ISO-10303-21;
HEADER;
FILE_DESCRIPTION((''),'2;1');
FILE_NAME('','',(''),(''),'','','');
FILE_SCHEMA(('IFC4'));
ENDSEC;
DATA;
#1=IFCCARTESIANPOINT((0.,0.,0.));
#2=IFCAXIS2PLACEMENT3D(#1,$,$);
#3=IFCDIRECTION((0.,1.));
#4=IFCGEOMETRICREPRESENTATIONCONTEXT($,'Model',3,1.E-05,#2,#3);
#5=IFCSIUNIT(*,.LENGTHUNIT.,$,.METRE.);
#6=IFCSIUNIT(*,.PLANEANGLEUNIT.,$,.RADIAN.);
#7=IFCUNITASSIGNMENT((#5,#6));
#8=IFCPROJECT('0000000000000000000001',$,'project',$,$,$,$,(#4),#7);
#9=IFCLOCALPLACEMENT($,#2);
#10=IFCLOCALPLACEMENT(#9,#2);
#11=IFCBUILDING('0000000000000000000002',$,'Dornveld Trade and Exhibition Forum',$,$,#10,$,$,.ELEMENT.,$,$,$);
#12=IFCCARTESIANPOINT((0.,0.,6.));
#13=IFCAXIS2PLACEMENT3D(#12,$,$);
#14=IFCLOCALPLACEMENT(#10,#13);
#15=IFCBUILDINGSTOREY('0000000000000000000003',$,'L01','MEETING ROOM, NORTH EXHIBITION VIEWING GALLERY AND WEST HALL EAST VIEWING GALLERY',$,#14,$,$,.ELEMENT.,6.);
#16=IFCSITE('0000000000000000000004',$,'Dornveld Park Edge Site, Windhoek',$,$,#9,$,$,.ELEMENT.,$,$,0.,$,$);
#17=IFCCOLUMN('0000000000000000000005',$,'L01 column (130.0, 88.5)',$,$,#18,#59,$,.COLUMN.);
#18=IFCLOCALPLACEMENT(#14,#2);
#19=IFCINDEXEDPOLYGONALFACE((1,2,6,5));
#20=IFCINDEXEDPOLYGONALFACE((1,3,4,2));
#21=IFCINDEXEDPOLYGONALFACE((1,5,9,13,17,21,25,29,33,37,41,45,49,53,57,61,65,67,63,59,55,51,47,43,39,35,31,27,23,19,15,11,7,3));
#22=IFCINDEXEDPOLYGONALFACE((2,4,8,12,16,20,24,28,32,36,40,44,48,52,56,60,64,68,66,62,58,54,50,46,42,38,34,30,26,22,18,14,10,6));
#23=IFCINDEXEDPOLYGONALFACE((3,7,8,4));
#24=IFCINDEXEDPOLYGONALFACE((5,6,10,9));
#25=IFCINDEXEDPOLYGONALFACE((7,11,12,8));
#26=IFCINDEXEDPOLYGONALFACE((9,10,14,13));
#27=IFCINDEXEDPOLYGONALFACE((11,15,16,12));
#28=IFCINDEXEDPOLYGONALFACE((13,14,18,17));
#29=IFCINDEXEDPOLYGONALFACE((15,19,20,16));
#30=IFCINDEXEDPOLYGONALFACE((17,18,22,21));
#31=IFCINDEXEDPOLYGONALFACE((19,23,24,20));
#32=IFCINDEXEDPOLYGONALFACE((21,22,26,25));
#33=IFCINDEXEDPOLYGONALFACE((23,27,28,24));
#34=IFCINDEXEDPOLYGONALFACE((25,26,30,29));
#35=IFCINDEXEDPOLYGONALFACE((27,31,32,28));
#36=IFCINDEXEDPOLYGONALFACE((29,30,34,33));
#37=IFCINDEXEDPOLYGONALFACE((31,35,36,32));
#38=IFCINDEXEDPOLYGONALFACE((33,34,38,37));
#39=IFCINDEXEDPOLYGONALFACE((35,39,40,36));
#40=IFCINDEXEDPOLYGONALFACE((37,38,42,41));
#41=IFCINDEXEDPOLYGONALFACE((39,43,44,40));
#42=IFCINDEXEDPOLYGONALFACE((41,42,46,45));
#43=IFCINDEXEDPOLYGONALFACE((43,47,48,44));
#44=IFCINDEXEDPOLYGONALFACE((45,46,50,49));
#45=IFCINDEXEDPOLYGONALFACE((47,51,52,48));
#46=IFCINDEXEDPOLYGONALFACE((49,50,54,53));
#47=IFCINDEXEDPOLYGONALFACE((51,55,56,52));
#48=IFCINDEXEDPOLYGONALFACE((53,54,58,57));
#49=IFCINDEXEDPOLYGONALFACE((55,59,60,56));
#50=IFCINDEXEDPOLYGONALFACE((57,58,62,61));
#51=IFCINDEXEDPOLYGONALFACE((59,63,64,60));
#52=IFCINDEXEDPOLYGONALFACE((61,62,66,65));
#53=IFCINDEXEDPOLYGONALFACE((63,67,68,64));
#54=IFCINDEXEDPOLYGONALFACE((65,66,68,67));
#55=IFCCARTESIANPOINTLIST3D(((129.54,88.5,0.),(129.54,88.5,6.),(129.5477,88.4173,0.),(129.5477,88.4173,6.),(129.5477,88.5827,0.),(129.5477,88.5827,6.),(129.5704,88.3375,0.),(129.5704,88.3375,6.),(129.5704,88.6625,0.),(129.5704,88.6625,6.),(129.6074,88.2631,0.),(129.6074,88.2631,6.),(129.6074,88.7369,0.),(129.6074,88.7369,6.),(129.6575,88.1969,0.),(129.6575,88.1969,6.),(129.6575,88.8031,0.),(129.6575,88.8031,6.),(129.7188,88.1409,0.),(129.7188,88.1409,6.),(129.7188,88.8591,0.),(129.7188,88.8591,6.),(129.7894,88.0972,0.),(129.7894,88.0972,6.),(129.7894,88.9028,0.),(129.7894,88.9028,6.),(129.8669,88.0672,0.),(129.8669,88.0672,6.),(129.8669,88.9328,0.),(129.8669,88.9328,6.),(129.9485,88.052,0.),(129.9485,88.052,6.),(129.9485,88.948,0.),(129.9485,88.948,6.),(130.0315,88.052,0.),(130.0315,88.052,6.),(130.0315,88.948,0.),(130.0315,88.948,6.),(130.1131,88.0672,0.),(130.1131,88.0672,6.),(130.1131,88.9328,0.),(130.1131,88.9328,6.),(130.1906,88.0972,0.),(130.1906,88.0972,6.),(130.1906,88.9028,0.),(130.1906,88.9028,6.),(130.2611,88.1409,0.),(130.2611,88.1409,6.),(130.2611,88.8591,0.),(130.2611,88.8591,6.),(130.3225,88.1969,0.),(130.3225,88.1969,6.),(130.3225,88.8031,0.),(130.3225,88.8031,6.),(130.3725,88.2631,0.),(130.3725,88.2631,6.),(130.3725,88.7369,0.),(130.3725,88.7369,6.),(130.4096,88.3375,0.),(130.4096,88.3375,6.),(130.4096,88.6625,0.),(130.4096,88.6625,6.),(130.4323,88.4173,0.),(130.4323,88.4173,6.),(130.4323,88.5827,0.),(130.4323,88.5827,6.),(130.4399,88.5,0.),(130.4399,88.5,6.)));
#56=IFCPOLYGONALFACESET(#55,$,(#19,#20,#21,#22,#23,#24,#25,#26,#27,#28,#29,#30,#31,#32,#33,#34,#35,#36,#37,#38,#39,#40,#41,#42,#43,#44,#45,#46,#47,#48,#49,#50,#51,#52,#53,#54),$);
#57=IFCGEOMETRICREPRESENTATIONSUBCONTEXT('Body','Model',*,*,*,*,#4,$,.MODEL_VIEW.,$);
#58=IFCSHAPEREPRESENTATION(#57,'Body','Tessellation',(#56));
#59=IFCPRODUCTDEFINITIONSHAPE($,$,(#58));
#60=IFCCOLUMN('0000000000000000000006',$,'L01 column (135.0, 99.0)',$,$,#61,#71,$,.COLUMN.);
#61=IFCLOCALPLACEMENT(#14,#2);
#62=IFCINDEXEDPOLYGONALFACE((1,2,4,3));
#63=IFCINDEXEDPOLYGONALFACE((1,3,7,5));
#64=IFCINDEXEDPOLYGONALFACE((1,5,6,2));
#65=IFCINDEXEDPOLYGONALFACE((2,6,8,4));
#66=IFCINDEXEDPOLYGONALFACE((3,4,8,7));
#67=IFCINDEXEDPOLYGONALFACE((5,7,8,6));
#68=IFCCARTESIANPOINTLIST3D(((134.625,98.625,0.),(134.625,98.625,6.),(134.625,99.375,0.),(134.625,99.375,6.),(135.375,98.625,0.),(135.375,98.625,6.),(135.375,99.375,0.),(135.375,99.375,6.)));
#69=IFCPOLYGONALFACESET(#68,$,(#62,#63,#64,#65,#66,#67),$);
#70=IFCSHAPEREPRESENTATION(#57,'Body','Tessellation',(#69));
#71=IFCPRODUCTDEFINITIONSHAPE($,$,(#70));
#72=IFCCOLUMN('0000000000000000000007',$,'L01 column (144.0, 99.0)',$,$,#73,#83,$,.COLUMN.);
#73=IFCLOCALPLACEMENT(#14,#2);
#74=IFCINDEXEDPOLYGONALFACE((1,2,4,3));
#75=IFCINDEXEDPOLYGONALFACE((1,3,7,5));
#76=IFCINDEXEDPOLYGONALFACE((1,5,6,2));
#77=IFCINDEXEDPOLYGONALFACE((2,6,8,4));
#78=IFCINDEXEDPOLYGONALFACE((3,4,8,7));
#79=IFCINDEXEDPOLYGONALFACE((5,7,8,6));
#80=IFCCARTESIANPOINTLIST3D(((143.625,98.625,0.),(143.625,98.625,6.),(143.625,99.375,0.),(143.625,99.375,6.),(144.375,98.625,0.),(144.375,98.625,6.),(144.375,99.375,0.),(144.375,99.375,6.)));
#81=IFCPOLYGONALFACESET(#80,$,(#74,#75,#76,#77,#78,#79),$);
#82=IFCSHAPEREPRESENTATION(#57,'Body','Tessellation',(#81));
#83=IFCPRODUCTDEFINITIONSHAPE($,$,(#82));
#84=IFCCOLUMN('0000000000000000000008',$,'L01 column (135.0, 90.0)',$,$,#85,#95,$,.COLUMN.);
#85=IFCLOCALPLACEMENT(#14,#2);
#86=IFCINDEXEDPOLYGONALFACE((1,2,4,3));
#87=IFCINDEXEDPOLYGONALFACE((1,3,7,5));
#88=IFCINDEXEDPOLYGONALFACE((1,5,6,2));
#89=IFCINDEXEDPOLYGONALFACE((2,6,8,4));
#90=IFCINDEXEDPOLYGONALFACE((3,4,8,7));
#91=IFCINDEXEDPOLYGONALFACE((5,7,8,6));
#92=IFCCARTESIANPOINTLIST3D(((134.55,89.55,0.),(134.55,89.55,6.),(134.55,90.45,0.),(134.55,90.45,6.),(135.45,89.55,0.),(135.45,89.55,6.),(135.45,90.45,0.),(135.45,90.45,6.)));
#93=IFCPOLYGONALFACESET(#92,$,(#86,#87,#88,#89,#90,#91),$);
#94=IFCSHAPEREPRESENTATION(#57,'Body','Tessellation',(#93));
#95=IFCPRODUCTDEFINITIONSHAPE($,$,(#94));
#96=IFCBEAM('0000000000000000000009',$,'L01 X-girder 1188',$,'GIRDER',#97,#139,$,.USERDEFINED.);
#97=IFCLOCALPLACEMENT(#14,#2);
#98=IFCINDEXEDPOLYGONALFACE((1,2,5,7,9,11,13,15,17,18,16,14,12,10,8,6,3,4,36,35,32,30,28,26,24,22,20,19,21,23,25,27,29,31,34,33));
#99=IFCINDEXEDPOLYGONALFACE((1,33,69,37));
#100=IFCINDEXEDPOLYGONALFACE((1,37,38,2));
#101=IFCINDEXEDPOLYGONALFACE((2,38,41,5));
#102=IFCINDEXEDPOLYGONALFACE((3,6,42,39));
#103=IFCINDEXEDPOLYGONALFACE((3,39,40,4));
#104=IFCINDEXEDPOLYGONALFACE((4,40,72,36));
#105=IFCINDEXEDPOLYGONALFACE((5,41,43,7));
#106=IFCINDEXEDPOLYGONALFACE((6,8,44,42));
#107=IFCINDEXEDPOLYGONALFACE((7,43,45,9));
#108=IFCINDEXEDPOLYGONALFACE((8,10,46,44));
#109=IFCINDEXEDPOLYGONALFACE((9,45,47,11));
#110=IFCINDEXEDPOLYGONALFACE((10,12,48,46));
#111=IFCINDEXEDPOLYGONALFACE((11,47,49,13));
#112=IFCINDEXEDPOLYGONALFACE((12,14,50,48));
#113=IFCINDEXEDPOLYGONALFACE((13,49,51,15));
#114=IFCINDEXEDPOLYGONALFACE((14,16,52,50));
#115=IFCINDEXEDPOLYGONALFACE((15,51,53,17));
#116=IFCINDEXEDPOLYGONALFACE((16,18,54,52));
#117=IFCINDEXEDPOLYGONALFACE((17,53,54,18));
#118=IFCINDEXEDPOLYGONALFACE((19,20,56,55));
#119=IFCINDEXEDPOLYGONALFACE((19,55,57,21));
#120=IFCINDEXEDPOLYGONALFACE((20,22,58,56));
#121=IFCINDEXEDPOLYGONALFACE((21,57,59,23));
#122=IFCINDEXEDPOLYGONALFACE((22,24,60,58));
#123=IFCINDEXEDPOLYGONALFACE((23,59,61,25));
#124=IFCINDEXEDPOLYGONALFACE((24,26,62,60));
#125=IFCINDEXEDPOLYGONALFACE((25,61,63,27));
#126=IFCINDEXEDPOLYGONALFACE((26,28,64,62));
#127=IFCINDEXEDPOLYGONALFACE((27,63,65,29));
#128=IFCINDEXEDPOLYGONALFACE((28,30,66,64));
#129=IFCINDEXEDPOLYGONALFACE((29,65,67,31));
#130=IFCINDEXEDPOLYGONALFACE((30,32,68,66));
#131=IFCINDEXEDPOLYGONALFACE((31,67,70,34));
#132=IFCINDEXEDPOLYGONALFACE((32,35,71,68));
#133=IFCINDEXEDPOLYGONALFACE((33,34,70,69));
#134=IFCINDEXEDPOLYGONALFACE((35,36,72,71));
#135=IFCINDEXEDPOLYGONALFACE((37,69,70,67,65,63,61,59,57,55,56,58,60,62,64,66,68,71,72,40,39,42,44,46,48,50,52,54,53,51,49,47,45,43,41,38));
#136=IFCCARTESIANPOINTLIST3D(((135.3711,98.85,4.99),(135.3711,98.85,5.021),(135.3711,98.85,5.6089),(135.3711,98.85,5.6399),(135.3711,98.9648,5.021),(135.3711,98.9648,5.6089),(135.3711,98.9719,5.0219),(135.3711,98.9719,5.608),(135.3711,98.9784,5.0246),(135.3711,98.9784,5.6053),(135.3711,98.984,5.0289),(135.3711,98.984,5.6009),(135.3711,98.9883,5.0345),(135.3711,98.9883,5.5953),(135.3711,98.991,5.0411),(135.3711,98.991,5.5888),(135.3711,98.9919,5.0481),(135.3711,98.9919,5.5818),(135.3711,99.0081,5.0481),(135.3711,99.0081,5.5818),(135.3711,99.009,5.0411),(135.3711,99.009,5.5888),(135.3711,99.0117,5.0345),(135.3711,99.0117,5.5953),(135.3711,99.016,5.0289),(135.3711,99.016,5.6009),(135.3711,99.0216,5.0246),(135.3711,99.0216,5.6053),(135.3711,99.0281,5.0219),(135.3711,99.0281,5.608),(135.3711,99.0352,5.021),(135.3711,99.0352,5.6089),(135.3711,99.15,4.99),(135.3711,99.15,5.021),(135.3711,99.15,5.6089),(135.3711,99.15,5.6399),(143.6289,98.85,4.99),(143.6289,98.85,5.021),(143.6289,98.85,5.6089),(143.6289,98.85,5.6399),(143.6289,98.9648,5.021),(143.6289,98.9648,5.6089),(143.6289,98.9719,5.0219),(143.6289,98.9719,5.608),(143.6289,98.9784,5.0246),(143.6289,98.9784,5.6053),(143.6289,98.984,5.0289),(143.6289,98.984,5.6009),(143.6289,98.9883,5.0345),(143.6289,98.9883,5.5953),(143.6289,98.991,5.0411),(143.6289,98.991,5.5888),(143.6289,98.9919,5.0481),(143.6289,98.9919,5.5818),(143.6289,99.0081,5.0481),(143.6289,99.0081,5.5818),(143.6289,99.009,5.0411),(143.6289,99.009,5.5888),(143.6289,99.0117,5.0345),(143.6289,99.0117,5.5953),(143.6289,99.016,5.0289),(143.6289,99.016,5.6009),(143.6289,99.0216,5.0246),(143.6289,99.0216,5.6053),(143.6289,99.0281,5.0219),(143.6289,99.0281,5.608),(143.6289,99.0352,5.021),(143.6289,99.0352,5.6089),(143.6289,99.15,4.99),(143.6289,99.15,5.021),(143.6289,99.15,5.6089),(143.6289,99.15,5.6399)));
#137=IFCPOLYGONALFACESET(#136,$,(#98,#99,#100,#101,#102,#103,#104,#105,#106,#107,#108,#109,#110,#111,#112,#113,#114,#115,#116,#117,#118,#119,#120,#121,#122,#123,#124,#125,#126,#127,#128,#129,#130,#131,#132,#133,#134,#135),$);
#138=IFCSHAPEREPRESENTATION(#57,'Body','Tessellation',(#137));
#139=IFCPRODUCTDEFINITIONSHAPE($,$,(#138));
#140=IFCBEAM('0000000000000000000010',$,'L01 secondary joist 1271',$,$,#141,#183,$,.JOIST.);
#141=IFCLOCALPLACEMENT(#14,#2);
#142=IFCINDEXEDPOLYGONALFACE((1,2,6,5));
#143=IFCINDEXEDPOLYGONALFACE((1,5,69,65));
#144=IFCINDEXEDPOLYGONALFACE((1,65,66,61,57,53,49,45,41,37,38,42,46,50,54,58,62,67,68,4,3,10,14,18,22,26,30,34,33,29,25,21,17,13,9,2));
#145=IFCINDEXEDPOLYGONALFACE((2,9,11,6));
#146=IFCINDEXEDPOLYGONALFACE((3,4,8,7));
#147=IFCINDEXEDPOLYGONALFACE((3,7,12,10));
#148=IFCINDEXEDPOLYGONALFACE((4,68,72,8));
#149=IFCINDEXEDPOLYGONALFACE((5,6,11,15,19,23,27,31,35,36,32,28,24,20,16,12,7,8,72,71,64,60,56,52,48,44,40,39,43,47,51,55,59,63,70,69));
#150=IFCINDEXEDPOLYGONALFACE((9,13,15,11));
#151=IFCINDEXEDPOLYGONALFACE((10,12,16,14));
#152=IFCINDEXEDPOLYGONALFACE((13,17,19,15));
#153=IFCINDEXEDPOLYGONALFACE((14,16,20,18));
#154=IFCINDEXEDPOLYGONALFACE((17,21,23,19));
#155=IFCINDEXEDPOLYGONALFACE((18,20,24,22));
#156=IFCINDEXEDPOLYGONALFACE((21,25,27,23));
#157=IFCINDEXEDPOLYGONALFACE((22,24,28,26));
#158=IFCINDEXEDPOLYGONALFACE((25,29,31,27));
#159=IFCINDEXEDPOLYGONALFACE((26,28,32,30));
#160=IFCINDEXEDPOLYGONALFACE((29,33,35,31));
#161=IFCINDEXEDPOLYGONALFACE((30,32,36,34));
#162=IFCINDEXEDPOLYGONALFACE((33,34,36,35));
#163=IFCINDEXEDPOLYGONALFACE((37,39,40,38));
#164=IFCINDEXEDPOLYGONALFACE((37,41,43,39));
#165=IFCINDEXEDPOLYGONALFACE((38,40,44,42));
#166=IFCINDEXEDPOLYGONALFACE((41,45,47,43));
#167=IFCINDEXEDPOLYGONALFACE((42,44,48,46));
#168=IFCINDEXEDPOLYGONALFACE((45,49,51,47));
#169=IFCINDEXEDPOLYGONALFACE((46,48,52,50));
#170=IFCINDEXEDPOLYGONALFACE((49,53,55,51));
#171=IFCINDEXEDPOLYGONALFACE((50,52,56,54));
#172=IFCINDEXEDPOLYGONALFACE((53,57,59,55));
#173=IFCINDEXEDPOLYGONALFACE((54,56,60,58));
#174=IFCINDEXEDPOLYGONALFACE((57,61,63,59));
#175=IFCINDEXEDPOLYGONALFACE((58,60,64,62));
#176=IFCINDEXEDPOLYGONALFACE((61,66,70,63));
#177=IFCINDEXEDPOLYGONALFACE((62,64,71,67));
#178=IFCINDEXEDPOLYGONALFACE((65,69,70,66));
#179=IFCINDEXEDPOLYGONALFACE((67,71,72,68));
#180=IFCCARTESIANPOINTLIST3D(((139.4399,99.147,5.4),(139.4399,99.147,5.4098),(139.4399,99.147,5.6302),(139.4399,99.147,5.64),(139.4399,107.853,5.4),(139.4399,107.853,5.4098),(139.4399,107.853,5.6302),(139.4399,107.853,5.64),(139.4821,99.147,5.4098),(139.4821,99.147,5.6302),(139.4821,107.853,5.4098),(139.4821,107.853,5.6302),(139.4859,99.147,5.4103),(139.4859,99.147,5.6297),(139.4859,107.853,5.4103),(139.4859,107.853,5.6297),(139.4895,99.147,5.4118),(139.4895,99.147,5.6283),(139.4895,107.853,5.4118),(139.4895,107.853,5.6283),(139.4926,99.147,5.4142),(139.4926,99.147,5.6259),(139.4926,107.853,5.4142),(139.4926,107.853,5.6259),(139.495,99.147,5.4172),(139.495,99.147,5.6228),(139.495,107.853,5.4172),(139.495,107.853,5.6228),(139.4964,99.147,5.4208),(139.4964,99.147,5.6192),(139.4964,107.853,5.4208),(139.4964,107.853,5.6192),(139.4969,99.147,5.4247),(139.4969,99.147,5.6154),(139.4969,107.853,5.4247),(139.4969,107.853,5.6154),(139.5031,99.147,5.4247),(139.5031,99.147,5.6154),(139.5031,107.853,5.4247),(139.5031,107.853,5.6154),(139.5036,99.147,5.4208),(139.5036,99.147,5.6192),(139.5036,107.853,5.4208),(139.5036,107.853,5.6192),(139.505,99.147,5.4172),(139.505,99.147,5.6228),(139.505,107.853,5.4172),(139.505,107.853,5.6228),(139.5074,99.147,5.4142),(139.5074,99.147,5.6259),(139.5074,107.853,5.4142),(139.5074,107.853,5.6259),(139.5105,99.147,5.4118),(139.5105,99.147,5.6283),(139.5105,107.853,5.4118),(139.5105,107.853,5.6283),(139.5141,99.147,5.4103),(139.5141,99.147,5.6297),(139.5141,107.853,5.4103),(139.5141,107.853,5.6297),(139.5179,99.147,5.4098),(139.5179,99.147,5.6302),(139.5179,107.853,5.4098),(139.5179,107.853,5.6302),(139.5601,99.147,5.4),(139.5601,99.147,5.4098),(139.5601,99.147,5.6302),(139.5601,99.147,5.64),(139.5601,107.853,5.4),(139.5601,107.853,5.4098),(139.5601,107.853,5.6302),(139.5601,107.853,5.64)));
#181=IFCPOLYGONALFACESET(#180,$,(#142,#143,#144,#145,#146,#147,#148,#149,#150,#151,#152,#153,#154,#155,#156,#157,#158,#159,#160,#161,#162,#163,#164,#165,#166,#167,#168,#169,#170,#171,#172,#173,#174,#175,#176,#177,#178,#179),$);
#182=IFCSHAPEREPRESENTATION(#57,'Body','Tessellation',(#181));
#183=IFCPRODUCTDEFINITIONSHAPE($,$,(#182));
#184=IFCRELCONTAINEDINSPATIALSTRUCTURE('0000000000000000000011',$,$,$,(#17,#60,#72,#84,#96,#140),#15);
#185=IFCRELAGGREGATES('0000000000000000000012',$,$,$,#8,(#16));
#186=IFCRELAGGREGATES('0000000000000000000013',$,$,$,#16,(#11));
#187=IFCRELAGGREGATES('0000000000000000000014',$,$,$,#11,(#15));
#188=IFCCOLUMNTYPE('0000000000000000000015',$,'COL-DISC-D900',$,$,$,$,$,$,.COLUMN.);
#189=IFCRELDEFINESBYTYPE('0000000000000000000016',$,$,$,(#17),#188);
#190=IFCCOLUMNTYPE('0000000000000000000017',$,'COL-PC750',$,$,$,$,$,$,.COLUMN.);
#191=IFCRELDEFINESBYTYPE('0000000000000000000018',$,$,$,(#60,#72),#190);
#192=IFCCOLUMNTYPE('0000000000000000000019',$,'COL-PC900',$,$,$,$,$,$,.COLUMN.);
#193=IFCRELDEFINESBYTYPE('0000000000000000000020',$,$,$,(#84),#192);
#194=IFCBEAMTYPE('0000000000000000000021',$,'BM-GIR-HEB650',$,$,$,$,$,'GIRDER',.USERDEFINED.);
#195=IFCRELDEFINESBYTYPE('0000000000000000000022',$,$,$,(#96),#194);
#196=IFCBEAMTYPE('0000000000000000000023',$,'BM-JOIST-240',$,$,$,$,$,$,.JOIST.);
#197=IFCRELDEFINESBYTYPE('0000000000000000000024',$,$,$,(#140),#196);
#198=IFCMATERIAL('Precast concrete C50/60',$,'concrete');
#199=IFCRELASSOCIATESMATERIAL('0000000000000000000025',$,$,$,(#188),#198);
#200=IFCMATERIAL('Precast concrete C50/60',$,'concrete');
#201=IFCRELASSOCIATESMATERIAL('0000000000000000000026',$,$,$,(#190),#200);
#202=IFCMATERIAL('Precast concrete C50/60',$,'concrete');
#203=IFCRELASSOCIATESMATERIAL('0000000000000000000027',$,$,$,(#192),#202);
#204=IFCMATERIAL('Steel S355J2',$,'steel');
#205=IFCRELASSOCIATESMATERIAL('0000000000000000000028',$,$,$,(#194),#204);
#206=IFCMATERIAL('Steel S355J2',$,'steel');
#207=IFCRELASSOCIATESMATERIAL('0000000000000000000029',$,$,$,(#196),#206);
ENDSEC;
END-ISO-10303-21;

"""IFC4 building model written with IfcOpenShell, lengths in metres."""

from ifc_helpers import new_model, si_unit, direction, frame, origin, origin_2d, place, context, subcontext, project, spatial, rectangle, circle, i_section, extrude, material, material_profile, profile_set, type_object, element, save


model = new_model("IFC4")

# Units and contexts
model_context = context("Model", 3, precision=1e-05, world=origin(), true_north=direction((0.0, 1.0)))
body_context = subcontext(model_context, "Body", "Model", "MODEL_VIEW")
ifc_project = project(units=[si_unit("LENGTHUNIT", "METRE"), si_unit("PLANEANGLEUNIT", "RADIAN")], contexts=[model_context])

# Site, building, storey
site_placement = place(None, origin())
site = spatial("IfcSite", under=ifc_project, at=site_placement, Name="Dornveld Park Edge Site, Windhoek", CompositionType="ELEMENT", RefElevation=0.0)
building_placement = place(site_placement, origin())
building = spatial("IfcBuilding", under=site, at=building_placement, Name="Dornveld Trade and Exhibition Forum", CompositionType="ELEMENT")
storey_placement = place(building_placement, frame((0.0, 0.0, 6.0)))
storey = spatial("IfcBuildingStorey", under=building, at=storey_placement, Name="L01", Description="MEETING ROOM, NORTH EXHIBITION VIEWING GALLERY AND WEST HALL EAST VIEWING GALLERY", CompositionType="ELEMENT", Elevation=6.0)

# Columns
ifc_material_1 = material(Name="Precast concrete C50/60", Category="concrete")
ifc_material_profile_1 = material_profile(ifc_material_1, circle(Radius=0.45, at=origin_2d()), Name="PC-COL D900")
ifc_profile_set_1 = profile_set([ifc_material_profile_1], Name="Precast concrete C50/60")
column_type_1 = type_object("IfcColumnType", Name="COL-DISC-D900", PredefinedType="COLUMN", material=ifc_profile_set_1)
column_1_placement = place(storey_placement, frame((129.99, 88.5, 0.0), z_axis=(0.0, 0.0, 1.0), x_axis=(1.0, 0.0, 0.0)))
element("IfcColumn", 1, at=column_1_placement, inside=storey, type_object=column_type_1, Name="L01 column (130.0, 88.5)", PredefinedType="COLUMN", context=body_context, shape_type="SweptSolid", body=[
    extrude(circle(Radius=0.45, at=origin_2d()), origin(), (0.0, 0.0, 1.0), 6.0),
])
ifc_material_2 = material(Name="Precast concrete C50/60", Category="concrete")
ifc_material_profile_2 = material_profile(ifc_material_2, rectangle(XDim=0.75, YDim=0.75, at=origin_2d()), Name="PC-COL 750x750")
ifc_profile_set_2 = profile_set([ifc_material_profile_2], Name="Precast concrete C50/60")
column_type_2 = type_object("IfcColumnType", Name="COL-PC750", PredefinedType="COLUMN", material=ifc_profile_set_2)
for number, where, z_axis, x_axis, name in (
    (2, (135.0, 99.0, 0.0), (0.0, 0.0, 1.0), (1.0, 0.0, 0.0), "L01 column (135.0, 99.0)"),
    (3, (144.0, 99.0, 0.0), (0.0, 0.0, 1.0), (1.0, 0.0, 0.0), "L01 column (144.0, 99.0)"),
):
    element("IfcColumn", number, at=place(storey_placement, frame(where, z_axis=z_axis, x_axis=x_axis)), inside=storey, type_object=column_type_2, Name=name, PredefinedType="COLUMN", context=body_context, shape_type="SweptSolid", body=[
        extrude(rectangle(XDim=0.75, YDim=0.75, at=origin_2d()), origin(), (0.0, 0.0, 1.0), 6.0),
    ])
ifc_material_3 = material(Name="Precast concrete C50/60", Category="concrete")
ifc_material_profile_3 = material_profile(ifc_material_3, rectangle(XDim=0.8999, YDim=0.8999, at=origin_2d()), Name="PC-COL 900x900")
ifc_profile_set_3 = profile_set([ifc_material_profile_3], Name="Precast concrete C50/60")
column_type_3 = type_object("IfcColumnType", Name="COL-PC900", PredefinedType="COLUMN", material=ifc_profile_set_3)
column_2_placement = place(storey_placement, frame((135.0, 90.0, 0.0), z_axis=(0.0, 0.0, 1.0), x_axis=(1.0, 0.0, 0.0)))
element("IfcColumn", 4, at=column_2_placement, inside=storey, type_object=column_type_3, Name="L01 column (135.0, 90.0)", PredefinedType="COLUMN", context=body_context, shape_type="SweptSolid", body=[
    extrude(rectangle(XDim=0.8999, YDim=0.8999, at=origin_2d()), origin(), (0.0, 0.0, 1.0), 6.0),
])

# Beams
ifc_material_4 = material(Name="Steel S355J2", Category="steel")
ifc_material_profile_4 = material_profile(ifc_material_4, i_section(OverallWidth=0.3, OverallDepth=0.6499, WebThickness=0.0161, FlangeThickness=0.031, FilletRadius=0.0271, at=origin_2d()), Name="HEB 650")
ifc_profile_set_4 = profile_set([ifc_material_profile_4], Name="Steel S355J2")
beam_type_1 = type_object("IfcBeamType", Name="BM-GIR-HEB650", ElementType="GIRDER", PredefinedType="USERDEFINED", material=ifc_profile_set_4)
beam_1_placement = place(storey_placement, frame((135.3711, 99.0, 5.3149), z_axis=(1.0, 0.0, 0.0), x_axis=(0.0, 1.0, 0.0)))
element("IfcBeam", 5, at=beam_1_placement, inside=storey, type_object=beam_type_1, Name="L01 X-girder 1188", ObjectType="GIRDER", PredefinedType="USERDEFINED", context=body_context, shape_type="SweptSolid", body=[
    extrude(i_section(OverallWidth=0.3, OverallDepth=0.6499, WebThickness=0.0161, FlangeThickness=0.031, FilletRadius=0.0271, at=origin_2d()), origin(), (0.0, 0.0, 1.0), 8.2578),
])
ifc_material_5 = material(Name="Steel S355J2", Category="steel")
ifc_material_profile_5 = material_profile(ifc_material_5, i_section(OverallWidth=0.1201, OverallDepth=0.24, WebThickness=0.0061, FlangeThickness=0.0098, FilletRadius=0.0149, at=origin_2d()), Name="IPE 240")
ifc_profile_set_5 = profile_set([ifc_material_profile_5], Name="Steel S355J2")
beam_type_2 = type_object("IfcBeamType", Name="BM-JOIST-240", PredefinedType="JOIST", material=ifc_profile_set_5)
beam_2_placement = place(storey_placement, frame((139.5, 99.147, 5.52), z_axis=(0.0, 1.0, 0.0), x_axis=(-1.0, 0.0, 0.0)))
element("IfcBeam", 6, at=beam_2_placement, inside=storey, type_object=beam_type_2, Name="L01 secondary joist 1271", PredefinedType="JOIST", context=body_context, shape_type="SweptSolid", body=[
    extrude(i_section(OverallWidth=0.1201, OverallDepth=0.24, WebThickness=0.0061, FlangeThickness=0.0098, FilletRadius=0.0149, at=origin_2d()), origin(), (0.0, 0.0, 1.0), 8.7061),
])

save(model, "model.ifc")
